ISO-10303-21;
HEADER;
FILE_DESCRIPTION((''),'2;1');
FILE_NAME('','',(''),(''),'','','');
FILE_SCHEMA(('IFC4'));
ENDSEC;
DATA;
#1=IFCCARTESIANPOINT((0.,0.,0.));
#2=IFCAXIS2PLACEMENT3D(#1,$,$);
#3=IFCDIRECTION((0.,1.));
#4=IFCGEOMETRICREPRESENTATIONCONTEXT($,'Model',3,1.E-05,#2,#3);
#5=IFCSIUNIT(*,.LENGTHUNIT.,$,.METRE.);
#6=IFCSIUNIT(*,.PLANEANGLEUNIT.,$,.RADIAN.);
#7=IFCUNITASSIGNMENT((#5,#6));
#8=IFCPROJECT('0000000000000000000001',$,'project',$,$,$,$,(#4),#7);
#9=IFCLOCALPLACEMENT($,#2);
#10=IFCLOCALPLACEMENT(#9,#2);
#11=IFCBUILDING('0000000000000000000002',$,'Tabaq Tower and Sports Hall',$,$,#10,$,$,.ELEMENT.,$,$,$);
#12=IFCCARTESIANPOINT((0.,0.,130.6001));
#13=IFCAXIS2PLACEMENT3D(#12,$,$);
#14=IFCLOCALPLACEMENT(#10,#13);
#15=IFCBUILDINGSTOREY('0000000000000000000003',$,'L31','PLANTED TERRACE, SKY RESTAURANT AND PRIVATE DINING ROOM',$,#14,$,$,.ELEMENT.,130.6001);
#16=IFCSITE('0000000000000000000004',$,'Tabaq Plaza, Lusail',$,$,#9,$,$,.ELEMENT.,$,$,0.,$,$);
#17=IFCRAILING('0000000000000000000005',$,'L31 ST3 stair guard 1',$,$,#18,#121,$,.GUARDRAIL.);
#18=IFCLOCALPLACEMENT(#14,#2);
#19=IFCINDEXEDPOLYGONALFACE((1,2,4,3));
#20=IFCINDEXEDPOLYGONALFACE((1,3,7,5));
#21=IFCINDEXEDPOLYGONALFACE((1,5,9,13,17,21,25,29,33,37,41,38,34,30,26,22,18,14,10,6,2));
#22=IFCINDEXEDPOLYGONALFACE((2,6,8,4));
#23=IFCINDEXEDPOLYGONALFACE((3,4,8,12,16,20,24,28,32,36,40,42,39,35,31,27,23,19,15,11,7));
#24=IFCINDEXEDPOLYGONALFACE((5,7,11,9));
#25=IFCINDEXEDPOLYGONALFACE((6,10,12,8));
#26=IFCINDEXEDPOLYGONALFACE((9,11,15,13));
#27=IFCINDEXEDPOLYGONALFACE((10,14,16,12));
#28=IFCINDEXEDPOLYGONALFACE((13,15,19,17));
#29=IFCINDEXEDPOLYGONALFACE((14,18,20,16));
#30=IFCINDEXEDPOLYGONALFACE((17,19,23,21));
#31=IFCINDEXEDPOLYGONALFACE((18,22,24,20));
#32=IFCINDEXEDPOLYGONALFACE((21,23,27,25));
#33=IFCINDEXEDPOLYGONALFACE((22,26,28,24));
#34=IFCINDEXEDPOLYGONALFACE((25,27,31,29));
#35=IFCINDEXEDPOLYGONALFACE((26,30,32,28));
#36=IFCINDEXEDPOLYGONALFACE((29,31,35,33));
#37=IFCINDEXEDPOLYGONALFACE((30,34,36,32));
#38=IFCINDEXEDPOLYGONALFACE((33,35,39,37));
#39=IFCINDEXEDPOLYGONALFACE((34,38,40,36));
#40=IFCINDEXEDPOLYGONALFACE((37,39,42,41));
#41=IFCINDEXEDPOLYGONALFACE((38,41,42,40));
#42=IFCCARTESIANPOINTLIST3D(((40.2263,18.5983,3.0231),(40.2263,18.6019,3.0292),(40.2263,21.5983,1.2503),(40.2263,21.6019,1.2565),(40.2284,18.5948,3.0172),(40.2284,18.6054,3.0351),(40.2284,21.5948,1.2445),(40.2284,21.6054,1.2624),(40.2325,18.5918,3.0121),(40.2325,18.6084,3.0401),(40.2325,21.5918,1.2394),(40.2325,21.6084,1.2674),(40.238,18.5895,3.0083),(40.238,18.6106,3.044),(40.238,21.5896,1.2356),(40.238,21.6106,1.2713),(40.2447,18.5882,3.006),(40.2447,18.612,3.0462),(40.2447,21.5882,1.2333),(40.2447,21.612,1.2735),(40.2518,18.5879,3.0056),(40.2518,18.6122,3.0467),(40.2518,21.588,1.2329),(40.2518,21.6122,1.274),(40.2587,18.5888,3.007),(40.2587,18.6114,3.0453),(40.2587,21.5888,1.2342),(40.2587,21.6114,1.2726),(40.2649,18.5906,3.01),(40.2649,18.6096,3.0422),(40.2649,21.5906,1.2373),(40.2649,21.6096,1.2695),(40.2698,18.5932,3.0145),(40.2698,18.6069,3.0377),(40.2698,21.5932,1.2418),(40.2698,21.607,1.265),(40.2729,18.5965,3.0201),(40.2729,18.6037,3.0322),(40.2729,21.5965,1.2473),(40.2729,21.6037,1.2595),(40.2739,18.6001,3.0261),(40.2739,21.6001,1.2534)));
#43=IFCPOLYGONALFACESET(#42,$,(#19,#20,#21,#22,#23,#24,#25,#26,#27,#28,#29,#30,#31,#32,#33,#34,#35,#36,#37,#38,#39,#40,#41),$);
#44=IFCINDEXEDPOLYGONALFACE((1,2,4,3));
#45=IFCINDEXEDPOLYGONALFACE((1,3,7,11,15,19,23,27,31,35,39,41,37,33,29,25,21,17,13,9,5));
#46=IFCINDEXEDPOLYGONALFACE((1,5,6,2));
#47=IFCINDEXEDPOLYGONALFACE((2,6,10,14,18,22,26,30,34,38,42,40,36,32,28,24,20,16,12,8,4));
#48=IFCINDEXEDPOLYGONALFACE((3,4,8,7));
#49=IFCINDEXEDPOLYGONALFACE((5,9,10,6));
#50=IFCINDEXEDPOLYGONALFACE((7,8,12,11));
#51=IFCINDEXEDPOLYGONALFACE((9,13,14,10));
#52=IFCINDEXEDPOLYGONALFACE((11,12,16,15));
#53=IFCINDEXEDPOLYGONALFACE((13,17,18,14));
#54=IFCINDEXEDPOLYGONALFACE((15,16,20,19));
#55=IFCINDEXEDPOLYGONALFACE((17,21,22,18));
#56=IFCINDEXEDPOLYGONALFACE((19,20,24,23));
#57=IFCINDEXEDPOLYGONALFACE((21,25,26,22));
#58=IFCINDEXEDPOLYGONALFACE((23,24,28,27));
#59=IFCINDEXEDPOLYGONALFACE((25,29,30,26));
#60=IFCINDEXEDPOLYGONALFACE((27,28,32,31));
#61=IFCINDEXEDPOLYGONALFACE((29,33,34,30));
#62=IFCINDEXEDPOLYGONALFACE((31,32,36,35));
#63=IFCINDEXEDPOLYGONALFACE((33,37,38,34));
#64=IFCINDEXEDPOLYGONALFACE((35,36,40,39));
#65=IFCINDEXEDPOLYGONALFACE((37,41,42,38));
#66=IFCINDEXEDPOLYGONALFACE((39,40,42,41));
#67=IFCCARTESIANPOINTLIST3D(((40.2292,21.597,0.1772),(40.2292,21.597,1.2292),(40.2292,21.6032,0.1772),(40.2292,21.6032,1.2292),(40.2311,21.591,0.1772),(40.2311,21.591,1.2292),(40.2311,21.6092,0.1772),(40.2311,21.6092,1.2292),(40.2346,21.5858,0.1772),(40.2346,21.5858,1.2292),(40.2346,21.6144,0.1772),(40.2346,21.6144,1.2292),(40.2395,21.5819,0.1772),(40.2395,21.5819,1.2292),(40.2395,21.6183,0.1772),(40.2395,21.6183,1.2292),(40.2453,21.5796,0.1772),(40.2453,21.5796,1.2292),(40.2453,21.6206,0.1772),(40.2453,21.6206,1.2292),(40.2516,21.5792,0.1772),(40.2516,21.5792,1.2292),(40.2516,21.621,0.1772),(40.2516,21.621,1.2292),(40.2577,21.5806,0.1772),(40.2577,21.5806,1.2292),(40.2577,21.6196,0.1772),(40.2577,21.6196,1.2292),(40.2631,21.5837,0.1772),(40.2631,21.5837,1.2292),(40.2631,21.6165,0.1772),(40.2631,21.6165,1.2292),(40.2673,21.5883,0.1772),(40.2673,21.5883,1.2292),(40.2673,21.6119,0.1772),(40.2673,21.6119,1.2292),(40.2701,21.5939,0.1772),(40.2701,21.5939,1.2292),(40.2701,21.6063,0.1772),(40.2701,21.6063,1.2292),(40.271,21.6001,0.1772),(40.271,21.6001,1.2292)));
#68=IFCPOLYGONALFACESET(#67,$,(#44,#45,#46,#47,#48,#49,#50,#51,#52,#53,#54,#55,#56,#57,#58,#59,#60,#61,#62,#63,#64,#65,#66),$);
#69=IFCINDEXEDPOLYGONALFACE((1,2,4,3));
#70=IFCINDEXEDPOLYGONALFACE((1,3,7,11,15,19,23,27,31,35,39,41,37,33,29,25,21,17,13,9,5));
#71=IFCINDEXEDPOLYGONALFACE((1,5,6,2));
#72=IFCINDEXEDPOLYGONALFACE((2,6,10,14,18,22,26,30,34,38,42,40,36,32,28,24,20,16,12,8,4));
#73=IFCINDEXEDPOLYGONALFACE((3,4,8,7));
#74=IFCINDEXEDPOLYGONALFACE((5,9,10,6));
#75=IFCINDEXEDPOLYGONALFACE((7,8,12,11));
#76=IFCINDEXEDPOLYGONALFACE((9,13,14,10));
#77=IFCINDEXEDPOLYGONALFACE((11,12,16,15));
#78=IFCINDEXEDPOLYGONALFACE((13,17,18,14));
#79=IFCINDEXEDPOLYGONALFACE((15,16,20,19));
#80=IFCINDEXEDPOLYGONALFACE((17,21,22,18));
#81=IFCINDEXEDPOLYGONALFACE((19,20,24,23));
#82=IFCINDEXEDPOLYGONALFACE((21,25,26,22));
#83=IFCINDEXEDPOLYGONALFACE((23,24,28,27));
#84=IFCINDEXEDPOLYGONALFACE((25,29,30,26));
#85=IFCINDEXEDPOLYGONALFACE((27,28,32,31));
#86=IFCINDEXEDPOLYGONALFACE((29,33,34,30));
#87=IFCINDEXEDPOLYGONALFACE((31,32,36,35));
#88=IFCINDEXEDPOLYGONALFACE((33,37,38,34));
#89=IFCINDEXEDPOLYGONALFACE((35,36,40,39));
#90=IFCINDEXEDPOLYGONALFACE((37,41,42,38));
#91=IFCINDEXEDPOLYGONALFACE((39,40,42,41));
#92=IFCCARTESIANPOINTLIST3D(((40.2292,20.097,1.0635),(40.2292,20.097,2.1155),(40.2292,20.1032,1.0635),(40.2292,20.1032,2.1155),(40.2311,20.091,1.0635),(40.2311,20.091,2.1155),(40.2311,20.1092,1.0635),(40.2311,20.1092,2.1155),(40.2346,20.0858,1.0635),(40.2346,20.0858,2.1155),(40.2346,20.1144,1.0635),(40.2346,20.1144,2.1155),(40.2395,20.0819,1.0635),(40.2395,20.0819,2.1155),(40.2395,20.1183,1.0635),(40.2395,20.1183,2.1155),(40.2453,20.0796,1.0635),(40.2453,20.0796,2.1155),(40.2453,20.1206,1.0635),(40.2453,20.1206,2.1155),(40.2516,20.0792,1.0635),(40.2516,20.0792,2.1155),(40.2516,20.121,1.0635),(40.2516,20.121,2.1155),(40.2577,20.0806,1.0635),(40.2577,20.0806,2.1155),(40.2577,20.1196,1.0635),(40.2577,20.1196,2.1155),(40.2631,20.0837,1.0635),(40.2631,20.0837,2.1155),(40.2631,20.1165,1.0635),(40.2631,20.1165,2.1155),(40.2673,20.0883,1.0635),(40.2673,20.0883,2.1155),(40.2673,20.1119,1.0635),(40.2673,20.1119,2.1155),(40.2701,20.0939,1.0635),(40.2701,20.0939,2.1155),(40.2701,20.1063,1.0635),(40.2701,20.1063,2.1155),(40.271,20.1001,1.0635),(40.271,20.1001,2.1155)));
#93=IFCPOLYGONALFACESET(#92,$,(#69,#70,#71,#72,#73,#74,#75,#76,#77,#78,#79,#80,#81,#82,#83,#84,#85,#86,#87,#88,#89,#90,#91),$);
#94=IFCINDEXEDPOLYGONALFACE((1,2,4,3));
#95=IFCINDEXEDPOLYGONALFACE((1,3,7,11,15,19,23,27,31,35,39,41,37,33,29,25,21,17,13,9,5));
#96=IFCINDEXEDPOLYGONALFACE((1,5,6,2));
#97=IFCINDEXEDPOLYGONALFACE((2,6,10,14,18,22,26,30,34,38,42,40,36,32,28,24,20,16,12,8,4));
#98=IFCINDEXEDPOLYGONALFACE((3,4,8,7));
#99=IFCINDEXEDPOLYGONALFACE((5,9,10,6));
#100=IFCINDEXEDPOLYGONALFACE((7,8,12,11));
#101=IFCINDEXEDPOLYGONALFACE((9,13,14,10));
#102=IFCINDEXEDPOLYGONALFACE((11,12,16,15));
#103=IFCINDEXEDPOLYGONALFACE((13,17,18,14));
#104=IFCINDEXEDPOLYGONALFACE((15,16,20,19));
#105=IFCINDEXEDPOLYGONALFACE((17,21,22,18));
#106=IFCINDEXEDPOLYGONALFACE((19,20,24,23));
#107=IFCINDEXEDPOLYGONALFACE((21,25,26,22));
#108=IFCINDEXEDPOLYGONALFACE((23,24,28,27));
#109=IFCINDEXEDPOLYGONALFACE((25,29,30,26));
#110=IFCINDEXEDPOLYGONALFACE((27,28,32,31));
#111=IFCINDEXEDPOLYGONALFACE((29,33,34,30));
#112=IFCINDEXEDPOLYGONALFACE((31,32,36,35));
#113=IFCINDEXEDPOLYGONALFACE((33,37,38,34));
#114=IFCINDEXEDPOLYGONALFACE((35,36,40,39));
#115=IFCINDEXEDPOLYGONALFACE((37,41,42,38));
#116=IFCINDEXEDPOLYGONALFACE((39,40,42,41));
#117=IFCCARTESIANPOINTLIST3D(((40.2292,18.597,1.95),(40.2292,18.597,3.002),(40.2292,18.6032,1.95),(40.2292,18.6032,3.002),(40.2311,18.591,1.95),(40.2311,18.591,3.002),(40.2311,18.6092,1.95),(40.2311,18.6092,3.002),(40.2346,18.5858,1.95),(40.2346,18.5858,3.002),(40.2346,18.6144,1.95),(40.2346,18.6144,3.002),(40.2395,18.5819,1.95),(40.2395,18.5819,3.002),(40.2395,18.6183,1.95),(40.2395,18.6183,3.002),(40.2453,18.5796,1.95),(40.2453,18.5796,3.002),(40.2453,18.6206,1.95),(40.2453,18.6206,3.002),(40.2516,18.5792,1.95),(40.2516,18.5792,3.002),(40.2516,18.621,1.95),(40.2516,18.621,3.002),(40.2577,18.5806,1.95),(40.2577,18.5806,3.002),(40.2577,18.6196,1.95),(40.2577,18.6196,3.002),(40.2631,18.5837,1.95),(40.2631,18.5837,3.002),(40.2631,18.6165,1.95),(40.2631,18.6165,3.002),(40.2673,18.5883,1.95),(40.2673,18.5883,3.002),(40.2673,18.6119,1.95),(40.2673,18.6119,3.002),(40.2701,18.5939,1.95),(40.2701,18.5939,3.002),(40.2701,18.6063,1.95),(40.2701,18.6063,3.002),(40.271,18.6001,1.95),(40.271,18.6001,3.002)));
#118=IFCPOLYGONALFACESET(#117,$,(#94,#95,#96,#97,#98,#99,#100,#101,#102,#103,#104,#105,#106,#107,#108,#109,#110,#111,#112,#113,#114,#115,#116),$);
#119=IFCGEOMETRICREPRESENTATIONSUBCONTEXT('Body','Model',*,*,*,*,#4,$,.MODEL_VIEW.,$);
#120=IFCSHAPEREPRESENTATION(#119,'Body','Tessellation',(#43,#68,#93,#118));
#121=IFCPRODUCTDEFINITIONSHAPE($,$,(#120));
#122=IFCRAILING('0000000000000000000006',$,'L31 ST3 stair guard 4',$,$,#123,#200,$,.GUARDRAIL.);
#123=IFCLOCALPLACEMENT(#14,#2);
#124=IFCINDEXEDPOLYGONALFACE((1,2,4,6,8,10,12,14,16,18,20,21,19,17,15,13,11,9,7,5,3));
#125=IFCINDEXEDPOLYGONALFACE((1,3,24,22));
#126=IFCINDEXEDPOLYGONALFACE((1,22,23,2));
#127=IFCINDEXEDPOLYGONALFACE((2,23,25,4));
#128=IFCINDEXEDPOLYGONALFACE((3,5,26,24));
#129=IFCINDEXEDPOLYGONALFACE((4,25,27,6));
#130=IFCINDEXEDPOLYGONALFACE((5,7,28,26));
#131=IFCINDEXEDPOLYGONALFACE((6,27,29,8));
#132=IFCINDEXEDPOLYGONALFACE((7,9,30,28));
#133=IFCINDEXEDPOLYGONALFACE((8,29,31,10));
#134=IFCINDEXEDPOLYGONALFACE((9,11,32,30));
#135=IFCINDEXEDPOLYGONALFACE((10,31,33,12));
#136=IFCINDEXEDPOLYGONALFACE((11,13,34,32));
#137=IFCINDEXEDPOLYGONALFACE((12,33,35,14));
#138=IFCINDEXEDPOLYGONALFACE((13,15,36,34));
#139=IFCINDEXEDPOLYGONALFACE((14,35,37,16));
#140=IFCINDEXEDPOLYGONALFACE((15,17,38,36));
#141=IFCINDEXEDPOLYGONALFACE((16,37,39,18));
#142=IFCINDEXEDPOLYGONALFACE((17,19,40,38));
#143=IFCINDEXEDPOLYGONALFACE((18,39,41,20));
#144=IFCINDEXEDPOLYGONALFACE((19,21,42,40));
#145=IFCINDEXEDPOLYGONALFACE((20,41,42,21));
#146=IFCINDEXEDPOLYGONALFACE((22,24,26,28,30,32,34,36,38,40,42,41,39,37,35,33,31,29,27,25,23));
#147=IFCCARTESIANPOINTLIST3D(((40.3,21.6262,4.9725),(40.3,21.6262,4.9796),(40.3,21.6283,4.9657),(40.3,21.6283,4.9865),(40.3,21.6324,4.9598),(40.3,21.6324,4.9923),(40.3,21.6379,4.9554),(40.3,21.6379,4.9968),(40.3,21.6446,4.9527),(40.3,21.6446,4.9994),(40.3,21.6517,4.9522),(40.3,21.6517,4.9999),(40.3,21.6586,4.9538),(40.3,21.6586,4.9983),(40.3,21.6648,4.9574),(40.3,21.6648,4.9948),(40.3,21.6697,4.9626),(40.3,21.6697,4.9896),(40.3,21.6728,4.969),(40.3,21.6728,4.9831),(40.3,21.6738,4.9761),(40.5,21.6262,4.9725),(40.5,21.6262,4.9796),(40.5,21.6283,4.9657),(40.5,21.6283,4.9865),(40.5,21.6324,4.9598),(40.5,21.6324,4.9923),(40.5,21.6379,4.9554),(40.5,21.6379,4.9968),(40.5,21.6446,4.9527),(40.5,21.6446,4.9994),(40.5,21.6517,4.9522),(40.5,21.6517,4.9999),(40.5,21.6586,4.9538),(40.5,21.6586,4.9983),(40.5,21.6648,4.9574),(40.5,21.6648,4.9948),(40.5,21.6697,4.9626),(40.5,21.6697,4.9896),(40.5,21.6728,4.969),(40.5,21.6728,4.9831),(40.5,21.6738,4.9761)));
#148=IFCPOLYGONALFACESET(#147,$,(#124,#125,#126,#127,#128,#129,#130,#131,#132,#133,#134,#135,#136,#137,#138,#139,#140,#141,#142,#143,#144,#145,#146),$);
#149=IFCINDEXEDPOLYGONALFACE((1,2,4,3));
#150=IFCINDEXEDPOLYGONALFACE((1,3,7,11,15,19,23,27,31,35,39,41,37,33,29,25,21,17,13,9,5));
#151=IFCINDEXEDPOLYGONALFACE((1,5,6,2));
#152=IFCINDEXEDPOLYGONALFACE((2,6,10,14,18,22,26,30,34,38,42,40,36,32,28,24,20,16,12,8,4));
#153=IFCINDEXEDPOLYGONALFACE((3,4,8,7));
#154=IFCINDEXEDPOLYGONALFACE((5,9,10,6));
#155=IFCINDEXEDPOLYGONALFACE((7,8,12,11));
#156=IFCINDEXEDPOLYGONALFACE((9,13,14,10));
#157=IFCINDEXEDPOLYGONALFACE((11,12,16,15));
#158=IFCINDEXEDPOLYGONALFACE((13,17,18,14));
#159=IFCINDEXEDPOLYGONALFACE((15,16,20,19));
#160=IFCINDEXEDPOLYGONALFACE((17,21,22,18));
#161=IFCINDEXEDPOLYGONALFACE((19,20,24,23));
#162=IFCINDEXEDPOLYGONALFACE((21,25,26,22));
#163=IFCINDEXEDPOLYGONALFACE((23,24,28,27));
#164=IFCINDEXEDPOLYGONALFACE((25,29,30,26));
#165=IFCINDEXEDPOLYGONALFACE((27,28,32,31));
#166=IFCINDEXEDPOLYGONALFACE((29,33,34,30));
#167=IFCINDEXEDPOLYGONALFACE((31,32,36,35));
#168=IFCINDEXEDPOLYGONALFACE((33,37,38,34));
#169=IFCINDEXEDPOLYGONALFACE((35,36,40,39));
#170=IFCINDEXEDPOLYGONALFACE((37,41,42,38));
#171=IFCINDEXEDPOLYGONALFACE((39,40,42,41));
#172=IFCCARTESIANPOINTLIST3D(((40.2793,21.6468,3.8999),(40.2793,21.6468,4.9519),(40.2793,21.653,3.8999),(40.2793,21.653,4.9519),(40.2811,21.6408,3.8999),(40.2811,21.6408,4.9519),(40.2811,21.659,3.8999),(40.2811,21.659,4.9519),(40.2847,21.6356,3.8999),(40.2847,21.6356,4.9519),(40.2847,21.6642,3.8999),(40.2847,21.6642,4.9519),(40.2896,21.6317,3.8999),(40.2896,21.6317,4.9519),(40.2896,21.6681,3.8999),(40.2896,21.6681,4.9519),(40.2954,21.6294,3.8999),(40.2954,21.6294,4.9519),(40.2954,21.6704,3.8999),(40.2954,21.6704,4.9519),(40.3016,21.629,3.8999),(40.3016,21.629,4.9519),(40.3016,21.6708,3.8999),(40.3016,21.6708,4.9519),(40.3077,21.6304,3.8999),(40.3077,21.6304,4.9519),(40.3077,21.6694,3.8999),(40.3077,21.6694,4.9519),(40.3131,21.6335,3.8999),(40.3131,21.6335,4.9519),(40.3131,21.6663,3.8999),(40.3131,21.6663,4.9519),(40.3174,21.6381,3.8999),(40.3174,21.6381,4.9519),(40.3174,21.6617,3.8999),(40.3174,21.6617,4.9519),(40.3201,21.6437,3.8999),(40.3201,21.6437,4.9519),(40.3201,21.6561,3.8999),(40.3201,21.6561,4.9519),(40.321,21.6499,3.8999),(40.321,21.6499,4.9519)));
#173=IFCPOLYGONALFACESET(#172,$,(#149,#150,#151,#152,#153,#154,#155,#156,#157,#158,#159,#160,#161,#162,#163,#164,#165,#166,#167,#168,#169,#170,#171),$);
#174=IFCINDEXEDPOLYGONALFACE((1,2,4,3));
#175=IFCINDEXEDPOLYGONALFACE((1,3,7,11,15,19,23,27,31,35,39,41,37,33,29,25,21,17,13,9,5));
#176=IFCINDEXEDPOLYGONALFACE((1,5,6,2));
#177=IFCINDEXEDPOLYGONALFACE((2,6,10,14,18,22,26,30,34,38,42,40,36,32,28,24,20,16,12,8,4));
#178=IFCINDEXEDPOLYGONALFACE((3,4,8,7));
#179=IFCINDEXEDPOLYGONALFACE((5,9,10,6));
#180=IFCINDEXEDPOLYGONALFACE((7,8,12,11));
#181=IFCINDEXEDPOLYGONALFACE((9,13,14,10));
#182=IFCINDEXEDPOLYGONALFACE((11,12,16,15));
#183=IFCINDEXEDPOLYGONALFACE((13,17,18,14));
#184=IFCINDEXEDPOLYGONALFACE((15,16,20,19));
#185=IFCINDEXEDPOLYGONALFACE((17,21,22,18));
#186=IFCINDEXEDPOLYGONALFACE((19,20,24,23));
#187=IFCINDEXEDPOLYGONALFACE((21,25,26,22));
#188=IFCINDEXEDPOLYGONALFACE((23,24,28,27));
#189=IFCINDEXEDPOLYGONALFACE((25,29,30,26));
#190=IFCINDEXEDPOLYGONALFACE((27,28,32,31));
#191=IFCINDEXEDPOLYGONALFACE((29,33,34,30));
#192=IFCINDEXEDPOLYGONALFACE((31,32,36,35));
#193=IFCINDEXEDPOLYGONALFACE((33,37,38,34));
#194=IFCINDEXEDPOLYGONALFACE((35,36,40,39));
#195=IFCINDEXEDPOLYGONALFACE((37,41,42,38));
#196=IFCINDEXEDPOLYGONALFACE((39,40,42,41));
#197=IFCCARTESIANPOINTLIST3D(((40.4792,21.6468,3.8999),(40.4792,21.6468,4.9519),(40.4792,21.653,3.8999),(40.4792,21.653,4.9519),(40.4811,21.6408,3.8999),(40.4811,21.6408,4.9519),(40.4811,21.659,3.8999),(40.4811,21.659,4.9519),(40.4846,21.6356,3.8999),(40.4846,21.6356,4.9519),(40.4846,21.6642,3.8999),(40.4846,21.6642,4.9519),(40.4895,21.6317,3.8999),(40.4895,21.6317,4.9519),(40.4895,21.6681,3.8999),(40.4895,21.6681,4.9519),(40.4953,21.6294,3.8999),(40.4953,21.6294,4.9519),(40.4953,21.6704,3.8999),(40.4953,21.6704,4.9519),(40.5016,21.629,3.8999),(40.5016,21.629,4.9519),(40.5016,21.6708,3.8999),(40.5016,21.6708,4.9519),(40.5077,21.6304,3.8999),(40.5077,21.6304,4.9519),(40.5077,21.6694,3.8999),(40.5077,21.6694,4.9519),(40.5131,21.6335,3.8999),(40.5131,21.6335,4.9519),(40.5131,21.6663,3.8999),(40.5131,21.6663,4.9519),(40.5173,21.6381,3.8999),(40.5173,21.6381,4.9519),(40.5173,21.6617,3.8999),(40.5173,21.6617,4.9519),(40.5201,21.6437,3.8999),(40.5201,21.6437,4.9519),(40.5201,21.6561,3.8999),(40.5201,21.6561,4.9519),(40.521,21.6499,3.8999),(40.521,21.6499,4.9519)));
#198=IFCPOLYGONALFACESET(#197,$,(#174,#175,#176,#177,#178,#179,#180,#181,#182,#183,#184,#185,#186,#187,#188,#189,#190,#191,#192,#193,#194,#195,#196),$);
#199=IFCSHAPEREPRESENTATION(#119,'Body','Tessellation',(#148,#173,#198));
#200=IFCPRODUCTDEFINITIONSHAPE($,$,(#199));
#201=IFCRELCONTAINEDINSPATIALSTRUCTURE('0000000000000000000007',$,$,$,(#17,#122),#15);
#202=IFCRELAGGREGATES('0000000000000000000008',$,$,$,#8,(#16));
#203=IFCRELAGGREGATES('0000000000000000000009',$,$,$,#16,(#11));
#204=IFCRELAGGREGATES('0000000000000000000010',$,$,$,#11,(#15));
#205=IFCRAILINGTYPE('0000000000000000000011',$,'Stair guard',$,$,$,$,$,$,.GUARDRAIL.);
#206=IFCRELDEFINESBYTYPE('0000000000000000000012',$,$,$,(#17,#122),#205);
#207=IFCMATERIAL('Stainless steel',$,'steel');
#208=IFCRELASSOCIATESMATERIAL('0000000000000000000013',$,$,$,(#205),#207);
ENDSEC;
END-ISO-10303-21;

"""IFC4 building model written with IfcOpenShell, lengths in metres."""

from ifc_helpers import new_model, si_unit, direction, frame, origin, origin_2d, place, context, subcontext, project, spatial, circle, extrude, material, type_object, element, save


model = new_model("IFC4")

# Units and contexts
model_context = context("Model", 3, precision=1e-05, world=origin(), true_north=direction((0.0, 1.0)))
body_context = subcontext(model_context, "Body", "Model", "MODEL_VIEW")
ifc_project = project(units=[si_unit("LENGTHUNIT", "METRE"), si_unit("PLANEANGLEUNIT", "RADIAN")], contexts=[model_context])

# Site, building, storey
site_placement = place(None, origin())
site = spatial("IfcSite", under=ifc_project, at=site_placement, Name="Tabaq Plaza, Lusail", CompositionType="ELEMENT", RefElevation=0.0)
building_placement = place(site_placement, origin())
building = spatial("IfcBuilding", under=site, at=building_placement, Name="Tabaq Tower and Sports Hall", CompositionType="ELEMENT")
storey_placement = place(building_placement, frame((0.0, 0.0, 130.6001)))
storey = spatial("IfcBuildingStorey", under=building, at=storey_placement, Name="L31", Description="PLANTED TERRACE, SKY RESTAURANT AND PRIVATE DINING ROOM", CompositionType="ELEMENT", Elevation=130.6001)

# Railings
ifc_material_1 = material(Name="Stainless steel", Category="steel")
railing_type_1 = type_object("IfcRailingType", Name="Stair guard", PredefinedType="GUARDRAIL", material=ifc_material_1)
railing_1_placement = place(storey_placement, frame((40.25, 21.6001, 0.1772)))
element("IfcRailing", 1, at=railing_1_placement, inside=storey, type_object=railing_type_1, Name="L31 ST3 stair guard 1", PredefinedType="GUARDRAIL", context=body_context, shape_type="SweptSolid", body=[
    extrude(circle(Radius=0.0239, at=origin_2d()), frame((0.0, 0.0, 1.0762), z_axis=(0.0, -0.860929, 0.508725), x_axis=(1.0, 0.0, 0.0)), (0.0, 0.0, 1.0), 3.4846),
    extrude(circle(Radius=0.021, at=origin_2d()), origin(), (0.0, 0.0, 1.0), 1.052),
    extrude(circle(Radius=0.021, at=origin_2d()), frame((0.0, -1.5, 0.8862)), (0.0, 0.0, 1.0), 1.052),
    extrude(circle(Radius=0.021, at=origin_2d()), frame((0.0, -3.0, 1.7727)), (0.0, 0.0, 1.0), 1.052),
])
railing_2_placement = place(storey_placement, frame((40.3, 21.6499, 3.8999)))
element("IfcRailing", 2, at=railing_2_placement, inside=storey, type_object=railing_type_1, Name="L31 ST3 stair guard 4", PredefinedType="GUARDRAIL", context=body_context, shape_type="SweptSolid", body=[
    extrude(circle(Radius=0.0239, at=origin_2d()), frame((0.0, 0.0, 1.0762), z_axis=(1.0, 0.0, 0.0), x_axis=(0.0, 1.0, 0.0)), (0.0, 0.0, 1.0), 0.2),
    extrude(circle(Radius=0.021, at=origin_2d()), origin(), (0.0, 0.0, 1.0), 1.052),
    extrude(circle(Radius=0.021, at=origin_2d()), frame((0.2, 0.0, 0.0)), (0.0, 0.0, 1.0), 1.052),
])

save(model, "model.ifc")
